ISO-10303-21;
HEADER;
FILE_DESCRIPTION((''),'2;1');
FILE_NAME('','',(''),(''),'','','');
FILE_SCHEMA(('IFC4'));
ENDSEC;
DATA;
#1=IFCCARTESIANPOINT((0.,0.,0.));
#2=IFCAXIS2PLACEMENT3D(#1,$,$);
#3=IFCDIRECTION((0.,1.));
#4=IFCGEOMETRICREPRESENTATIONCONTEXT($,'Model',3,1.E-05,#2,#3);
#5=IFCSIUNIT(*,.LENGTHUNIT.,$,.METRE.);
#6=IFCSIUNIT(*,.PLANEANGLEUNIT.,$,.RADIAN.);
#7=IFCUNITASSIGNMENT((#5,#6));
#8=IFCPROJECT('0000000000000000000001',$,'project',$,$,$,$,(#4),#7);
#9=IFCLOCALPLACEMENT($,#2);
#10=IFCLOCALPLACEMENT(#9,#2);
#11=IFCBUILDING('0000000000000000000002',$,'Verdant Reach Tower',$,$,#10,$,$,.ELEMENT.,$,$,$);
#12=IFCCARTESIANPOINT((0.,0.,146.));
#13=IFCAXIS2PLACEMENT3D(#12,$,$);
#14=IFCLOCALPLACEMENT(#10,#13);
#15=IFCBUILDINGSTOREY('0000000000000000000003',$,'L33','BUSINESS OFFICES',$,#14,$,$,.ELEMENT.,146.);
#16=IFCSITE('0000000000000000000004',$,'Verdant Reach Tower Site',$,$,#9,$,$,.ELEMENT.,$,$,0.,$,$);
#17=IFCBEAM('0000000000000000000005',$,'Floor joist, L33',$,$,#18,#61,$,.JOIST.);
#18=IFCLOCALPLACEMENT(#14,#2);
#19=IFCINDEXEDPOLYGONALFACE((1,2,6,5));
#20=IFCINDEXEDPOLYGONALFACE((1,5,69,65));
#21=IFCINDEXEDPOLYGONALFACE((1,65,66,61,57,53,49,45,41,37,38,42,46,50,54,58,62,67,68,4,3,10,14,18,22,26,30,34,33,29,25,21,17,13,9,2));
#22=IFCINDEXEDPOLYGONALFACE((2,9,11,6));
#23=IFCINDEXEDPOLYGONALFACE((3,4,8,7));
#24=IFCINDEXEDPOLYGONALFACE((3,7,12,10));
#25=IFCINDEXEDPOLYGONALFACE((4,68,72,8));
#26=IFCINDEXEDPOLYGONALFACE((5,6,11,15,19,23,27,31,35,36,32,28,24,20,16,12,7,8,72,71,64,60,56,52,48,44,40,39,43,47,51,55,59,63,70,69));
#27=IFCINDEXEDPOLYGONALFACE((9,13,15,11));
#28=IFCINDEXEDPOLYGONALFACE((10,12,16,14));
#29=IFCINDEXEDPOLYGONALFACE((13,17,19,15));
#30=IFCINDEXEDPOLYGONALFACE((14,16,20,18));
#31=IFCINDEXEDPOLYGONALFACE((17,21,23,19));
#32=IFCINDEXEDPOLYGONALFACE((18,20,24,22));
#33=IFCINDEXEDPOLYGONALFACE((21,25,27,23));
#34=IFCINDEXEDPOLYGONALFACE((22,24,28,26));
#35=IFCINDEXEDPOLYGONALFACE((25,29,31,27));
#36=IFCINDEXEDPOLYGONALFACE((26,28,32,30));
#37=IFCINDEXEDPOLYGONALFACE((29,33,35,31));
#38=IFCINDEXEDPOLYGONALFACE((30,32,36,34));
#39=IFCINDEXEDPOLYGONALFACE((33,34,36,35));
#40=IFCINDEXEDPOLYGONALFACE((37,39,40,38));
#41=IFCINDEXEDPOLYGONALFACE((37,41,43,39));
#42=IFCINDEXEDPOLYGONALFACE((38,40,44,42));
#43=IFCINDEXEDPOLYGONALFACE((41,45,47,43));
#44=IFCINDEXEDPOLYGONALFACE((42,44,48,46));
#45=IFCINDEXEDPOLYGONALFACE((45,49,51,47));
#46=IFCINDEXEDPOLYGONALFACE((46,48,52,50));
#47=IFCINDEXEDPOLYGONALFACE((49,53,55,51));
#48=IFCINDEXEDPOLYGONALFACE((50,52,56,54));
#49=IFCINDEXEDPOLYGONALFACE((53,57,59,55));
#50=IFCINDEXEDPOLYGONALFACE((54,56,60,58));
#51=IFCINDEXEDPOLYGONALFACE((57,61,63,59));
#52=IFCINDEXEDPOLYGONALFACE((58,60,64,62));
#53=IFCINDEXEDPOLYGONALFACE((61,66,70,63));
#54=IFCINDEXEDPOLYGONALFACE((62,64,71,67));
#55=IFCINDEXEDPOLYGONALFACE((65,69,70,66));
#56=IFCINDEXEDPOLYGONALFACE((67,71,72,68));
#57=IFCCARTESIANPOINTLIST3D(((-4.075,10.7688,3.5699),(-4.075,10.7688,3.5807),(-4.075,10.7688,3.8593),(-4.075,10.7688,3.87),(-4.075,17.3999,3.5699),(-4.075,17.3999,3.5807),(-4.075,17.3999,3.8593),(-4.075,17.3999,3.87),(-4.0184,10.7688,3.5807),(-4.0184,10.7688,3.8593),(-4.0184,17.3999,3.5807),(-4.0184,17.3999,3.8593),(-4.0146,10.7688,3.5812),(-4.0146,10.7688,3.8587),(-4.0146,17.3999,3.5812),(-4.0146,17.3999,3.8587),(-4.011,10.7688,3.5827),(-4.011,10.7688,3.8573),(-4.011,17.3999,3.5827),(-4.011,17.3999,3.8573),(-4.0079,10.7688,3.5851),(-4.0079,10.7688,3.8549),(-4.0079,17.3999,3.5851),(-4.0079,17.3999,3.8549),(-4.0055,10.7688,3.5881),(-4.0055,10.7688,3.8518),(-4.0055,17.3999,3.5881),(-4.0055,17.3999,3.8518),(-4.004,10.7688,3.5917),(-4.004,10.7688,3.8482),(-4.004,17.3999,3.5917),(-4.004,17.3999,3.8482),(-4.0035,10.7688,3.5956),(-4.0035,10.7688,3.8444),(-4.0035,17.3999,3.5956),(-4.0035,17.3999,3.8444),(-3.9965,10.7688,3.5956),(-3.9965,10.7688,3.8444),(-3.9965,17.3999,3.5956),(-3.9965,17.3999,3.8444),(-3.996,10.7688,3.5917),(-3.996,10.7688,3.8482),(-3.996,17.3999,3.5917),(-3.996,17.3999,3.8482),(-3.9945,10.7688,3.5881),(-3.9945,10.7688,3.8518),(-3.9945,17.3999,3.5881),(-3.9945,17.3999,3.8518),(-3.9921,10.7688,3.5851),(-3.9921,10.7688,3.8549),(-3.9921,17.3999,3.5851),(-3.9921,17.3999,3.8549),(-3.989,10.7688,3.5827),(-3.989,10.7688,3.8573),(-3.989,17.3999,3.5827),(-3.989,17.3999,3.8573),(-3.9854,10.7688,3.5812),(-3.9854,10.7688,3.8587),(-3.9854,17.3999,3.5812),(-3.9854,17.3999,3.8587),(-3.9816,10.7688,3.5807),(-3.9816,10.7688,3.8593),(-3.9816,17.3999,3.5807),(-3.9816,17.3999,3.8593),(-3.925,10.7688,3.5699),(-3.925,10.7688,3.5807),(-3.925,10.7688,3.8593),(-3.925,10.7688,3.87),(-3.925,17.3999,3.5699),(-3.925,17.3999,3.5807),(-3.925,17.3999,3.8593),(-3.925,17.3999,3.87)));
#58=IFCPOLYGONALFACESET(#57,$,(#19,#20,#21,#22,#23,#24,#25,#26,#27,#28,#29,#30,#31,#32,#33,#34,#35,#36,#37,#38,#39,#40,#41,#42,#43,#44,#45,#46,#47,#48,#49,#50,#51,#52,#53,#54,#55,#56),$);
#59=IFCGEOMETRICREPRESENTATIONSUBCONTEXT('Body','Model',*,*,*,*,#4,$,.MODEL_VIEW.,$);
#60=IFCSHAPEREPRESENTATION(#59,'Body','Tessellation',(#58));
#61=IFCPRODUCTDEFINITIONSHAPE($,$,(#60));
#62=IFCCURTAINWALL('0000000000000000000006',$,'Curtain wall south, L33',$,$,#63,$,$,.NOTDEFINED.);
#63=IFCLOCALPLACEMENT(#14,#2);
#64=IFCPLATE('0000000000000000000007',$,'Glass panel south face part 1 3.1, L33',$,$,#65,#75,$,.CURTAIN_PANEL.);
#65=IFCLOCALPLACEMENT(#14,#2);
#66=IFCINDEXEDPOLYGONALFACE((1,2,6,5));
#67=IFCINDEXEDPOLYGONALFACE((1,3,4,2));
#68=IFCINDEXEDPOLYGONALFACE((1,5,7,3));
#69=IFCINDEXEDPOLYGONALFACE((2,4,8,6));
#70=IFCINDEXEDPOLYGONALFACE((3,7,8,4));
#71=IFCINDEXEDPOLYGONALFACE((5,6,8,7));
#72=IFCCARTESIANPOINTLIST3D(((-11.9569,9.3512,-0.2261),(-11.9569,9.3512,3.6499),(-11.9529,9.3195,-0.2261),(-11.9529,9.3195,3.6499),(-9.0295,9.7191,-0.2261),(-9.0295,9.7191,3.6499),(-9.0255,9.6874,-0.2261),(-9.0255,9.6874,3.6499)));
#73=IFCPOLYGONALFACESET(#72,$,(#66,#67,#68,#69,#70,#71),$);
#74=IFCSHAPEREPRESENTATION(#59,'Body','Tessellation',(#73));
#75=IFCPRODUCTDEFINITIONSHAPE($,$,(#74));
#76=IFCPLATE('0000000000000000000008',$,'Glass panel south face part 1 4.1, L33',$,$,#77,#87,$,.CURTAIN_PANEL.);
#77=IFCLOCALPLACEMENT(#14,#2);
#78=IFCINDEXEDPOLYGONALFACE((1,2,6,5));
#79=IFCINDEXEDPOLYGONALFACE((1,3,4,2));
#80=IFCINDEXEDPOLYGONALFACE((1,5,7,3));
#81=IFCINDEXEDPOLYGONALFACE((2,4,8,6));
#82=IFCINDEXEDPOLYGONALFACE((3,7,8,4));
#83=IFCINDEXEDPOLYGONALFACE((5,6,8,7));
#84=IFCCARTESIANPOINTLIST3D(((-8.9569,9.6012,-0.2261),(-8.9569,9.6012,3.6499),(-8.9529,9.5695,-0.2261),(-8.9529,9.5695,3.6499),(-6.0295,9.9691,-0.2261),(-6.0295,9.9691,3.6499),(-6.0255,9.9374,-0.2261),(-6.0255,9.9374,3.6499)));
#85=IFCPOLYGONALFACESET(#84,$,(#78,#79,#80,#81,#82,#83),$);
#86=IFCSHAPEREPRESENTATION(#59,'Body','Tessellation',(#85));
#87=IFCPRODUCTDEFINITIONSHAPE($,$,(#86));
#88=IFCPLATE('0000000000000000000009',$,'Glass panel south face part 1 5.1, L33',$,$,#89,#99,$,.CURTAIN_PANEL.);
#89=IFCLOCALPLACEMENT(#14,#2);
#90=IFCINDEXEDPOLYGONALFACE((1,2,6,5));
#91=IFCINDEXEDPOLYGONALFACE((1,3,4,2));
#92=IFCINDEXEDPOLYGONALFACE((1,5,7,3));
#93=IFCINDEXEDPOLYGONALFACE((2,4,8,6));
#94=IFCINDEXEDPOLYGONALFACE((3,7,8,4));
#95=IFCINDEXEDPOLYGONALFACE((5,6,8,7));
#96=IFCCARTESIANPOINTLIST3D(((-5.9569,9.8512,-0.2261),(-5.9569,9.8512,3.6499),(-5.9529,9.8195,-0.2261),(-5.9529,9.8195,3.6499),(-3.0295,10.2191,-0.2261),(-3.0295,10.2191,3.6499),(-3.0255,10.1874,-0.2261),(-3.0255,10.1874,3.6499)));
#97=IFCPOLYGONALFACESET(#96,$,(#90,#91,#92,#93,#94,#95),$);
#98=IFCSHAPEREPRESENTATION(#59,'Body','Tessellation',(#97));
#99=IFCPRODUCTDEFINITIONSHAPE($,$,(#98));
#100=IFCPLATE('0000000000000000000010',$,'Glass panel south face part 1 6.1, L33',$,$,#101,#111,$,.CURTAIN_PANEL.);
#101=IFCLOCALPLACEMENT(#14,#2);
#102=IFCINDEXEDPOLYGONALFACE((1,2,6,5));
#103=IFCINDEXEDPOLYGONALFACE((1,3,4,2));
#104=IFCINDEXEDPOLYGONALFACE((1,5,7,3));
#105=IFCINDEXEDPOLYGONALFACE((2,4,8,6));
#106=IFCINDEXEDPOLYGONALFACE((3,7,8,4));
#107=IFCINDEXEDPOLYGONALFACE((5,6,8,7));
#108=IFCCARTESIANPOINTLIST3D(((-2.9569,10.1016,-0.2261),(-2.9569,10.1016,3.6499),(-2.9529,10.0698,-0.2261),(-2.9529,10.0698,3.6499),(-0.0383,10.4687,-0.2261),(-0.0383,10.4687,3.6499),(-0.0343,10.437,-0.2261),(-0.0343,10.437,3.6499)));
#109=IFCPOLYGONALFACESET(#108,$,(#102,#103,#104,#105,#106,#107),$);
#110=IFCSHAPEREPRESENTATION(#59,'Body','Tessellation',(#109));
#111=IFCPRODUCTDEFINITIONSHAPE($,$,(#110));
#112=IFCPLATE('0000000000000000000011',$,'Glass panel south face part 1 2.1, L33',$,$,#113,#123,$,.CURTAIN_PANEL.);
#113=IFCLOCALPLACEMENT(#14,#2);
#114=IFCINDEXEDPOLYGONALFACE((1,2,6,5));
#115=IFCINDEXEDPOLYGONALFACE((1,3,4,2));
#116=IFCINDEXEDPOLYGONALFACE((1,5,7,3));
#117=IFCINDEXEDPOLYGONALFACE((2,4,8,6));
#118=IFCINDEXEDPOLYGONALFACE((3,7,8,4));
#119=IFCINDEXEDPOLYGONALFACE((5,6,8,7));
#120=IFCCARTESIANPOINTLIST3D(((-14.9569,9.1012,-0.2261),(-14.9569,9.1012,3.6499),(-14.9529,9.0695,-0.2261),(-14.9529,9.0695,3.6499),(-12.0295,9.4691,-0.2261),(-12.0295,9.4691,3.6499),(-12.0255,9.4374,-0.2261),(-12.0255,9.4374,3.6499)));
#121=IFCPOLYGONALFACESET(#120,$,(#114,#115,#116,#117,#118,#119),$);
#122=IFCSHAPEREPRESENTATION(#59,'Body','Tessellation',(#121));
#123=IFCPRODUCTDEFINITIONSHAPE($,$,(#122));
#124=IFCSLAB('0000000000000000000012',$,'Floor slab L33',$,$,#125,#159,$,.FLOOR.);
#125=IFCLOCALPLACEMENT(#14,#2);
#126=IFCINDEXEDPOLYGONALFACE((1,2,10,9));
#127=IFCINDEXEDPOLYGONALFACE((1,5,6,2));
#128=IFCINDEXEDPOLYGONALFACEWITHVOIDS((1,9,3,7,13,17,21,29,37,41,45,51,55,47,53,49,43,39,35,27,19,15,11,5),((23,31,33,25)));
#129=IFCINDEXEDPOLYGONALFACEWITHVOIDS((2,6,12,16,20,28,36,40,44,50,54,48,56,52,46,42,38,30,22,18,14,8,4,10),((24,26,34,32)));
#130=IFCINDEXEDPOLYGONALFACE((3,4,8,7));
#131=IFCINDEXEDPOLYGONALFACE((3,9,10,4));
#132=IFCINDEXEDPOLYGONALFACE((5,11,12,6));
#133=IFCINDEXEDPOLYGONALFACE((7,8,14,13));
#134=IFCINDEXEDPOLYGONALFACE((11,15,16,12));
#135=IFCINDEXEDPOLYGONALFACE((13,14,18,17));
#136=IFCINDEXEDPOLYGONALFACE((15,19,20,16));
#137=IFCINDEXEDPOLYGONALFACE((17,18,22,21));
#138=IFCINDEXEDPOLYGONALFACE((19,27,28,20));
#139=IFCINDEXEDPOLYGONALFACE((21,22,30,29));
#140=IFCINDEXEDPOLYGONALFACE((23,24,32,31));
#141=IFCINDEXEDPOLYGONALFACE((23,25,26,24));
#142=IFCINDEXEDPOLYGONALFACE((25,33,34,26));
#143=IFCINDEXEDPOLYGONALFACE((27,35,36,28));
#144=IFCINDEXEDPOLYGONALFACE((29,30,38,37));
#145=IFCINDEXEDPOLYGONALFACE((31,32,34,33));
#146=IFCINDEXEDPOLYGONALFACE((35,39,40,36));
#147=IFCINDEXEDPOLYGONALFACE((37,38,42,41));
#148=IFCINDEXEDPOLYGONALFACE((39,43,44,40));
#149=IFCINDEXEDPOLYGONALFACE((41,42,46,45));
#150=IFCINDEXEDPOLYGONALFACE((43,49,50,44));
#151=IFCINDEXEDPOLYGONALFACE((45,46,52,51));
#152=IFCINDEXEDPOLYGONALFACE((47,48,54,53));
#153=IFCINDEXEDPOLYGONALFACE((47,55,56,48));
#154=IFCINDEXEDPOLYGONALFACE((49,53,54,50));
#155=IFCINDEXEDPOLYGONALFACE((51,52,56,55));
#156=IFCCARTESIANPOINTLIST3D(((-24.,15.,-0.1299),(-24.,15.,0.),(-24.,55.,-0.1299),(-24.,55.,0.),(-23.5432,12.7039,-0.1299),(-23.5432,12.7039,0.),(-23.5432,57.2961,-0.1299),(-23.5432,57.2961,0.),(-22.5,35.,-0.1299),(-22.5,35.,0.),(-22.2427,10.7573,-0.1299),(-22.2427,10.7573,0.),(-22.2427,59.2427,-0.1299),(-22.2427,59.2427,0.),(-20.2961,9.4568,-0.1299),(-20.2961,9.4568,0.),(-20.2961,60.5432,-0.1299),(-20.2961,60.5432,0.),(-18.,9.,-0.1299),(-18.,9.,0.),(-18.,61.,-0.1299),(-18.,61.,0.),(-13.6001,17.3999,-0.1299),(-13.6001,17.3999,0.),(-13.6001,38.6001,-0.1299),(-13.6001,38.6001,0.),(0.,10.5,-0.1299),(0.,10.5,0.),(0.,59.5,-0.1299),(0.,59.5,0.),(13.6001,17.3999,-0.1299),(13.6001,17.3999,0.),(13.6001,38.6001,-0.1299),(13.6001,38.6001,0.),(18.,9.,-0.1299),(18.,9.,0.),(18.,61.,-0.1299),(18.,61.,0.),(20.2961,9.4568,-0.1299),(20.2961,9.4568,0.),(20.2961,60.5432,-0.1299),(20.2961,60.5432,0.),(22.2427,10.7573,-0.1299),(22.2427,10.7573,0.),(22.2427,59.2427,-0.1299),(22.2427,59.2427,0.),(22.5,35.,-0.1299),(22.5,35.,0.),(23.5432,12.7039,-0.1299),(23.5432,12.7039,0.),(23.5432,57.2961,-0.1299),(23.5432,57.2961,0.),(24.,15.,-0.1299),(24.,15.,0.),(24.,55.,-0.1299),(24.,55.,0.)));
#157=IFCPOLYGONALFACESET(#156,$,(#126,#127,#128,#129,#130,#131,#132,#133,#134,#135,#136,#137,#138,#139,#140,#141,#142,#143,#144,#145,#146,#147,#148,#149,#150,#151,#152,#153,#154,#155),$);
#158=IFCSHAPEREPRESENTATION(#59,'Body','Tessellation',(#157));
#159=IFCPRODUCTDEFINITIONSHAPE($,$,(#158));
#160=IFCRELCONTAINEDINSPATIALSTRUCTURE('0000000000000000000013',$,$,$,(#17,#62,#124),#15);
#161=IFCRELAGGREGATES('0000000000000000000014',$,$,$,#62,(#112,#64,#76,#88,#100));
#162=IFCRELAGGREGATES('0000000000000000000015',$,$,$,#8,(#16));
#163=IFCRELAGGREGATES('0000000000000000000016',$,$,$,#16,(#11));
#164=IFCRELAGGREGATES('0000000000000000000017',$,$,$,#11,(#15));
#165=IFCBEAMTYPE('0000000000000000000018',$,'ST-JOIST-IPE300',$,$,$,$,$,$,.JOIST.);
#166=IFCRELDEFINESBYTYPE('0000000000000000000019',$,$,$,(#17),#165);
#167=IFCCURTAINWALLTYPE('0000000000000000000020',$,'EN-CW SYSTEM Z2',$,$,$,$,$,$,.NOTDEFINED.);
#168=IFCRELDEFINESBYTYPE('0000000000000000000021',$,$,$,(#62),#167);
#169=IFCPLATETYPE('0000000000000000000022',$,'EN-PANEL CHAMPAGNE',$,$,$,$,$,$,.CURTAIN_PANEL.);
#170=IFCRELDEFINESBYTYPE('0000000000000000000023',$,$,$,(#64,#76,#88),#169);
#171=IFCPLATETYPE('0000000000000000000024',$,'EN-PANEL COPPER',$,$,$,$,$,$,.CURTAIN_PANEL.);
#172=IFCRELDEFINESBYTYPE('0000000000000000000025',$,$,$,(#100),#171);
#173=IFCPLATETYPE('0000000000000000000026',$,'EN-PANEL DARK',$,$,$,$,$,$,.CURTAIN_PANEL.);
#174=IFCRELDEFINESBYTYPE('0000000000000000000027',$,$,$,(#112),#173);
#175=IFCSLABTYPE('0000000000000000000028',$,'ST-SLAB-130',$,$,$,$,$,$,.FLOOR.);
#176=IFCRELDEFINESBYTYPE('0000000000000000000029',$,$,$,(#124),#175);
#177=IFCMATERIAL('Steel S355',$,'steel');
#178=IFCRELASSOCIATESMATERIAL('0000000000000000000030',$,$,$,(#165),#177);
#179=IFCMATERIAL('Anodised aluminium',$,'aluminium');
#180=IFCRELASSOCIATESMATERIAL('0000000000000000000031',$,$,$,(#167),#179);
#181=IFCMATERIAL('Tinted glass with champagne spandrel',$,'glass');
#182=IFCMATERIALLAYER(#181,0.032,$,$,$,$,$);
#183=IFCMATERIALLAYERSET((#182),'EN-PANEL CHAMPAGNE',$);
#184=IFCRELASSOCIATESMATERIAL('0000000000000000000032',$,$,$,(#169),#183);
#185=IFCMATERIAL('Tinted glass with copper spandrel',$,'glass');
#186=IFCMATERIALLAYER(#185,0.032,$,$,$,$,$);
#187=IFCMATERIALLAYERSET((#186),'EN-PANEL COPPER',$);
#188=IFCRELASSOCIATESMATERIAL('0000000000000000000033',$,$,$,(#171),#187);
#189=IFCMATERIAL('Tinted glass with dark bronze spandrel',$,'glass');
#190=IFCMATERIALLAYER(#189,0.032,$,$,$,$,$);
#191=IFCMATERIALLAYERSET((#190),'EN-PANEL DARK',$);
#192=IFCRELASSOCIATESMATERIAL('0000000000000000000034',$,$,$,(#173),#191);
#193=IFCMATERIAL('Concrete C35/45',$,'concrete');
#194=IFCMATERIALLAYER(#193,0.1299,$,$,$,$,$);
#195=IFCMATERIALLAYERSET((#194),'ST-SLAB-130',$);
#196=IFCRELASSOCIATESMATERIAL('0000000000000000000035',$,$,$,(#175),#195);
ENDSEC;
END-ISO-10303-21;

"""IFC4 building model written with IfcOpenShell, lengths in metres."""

from ifc_helpers import new_model, si_unit, direction, frame, origin, origin_2d, place, context, subcontext, project, spatial, polyline, rectangle, i_section, outline, extrude, material, layer, layer_set, material_profile, profile_set, type_object, element, aggregate, save


model = new_model("IFC4")

# Units and contexts
model_context = context("Model", 3, precision=1e-05, world=origin(), true_north=direction((0.0, 1.0)))
body_context = subcontext(model_context, "Body", "Model", "MODEL_VIEW")
ifc_project = project(units=[si_unit("LENGTHUNIT", "METRE"), si_unit("PLANEANGLEUNIT", "RADIAN")], contexts=[model_context])

# Site, building, storey
site_placement = place(None, origin())
site = spatial("IfcSite", under=ifc_project, at=site_placement, Name="Verdant Reach Tower Site", CompositionType="ELEMENT", RefElevation=0.0)
building_placement = place(site_placement, origin())
building = spatial("IfcBuilding", under=site, at=building_placement, Name="Verdant Reach Tower", CompositionType="ELEMENT")
storey_placement = place(building_placement, frame((0.0, 0.0, 146.0)))
storey = spatial("IfcBuildingStorey", under=building, at=storey_placement, Name="L33", Description="BUSINESS OFFICES", CompositionType="ELEMENT", Elevation=146.0)

# Beam
ifc_material_1 = material(Name="Steel S355", Category="steel")
ifc_material_profile_1 = material_profile(ifc_material_1, i_section(OverallWidth=0.1499, OverallDepth=0.3, WebThickness=0.0071, FlangeThickness=0.0107, FilletRadius=0.0149, at=origin_2d()), Name="IPE 300")
ifc_profile_set_1 = profile_set([ifc_material_profile_1], Name="Steel S355")
beam_type_1 = type_object("IfcBeamType", Name="ST-JOIST-IPE300", PredefinedType="JOIST", material=ifc_profile_set_1)
beam_1_placement = place(storey_placement, frame((-4.0, 17.3999, 3.72), z_axis=(0.0, -1.0, 0.0), x_axis=(1.0, 0.0, 0.0)))
element("IfcBeam", 1, at=beam_1_placement, inside=storey, type_object=beam_type_1, Name="Floor joist, L33", PredefinedType="JOIST", context=body_context, shape_type="SweptSolid", body=[
    extrude(i_section(OverallWidth=0.1499, OverallDepth=0.3, WebThickness=0.0071, FlangeThickness=0.0107, FilletRadius=0.0149, at=origin_2d()), origin(), (0.0, 0.0, 1.0), 6.6311),
])

# Curtain wall, plates
ifc_material_2 = material(Name="Anodised aluminium", Category="aluminium")
curtain_wall_type = type_object("IfcCurtainWallType", Name="EN-CW SYSTEM Z2", PredefinedType="NOTDEFINED", material=ifc_material_2)
curtain_wall_placement = place(storey_placement, origin())
curtain_wall = element("IfcCurtainWall", 2, at=curtain_wall_placement, inside=storey, type_object=curtain_wall_type, Name="Curtain wall south, L33", PredefinedType="NOTDEFINED")
ifc_material_3 = material(Name="Tinted glass with champagne spandrel", Category="glass")
ifc_layer_1 = layer(ifc_material_3, 0.032)
ifc_layer_set_1 = layer_set([ifc_layer_1], Name="EN-PANEL CHAMPAGNE")
plate_type_1 = type_object("IfcPlateType", Name="EN-PANEL CHAMPAGNE", PredefinedType="CURTAIN_PANEL", material=ifc_layer_set_1)
plate_1_placement = place(storey_placement, frame((-10.4912, 9.5193, -0.2261), z_axis=(0.0, 0.0, 1.0), x_axis=(0.992194, 0.124704, 0.0)))
plate_1 = element("IfcPlate", 3, at=plate_1_placement, type_object=plate_type_1, Name="Glass panel south face part 1 3.1, L33", PredefinedType="CURTAIN_PANEL", context=body_context, shape_type="SweptSolid", body=[
    extrude(rectangle(XDim=2.9504, YDim=0.032, at=origin_2d()), origin(), (0.0, 0.0, 1.0), 3.876),
])
plate_2_placement = place(storey_placement, frame((-7.4912, 9.7693, -0.2261), z_axis=(0.0, 0.0, 1.0), x_axis=(0.992194, 0.124704, 0.0)))
plate_2 = element("IfcPlate", 4, at=plate_2_placement, type_object=plate_type_1, Name="Glass panel south face part 1 4.1, L33", PredefinedType="CURTAIN_PANEL", context=body_context, shape_type="SweptSolid", body=[
    extrude(rectangle(XDim=2.9504, YDim=0.032, at=origin_2d()), origin(), (0.0, 0.0, 1.0), 3.876),
])
plate_3_placement = place(storey_placement, frame((-4.4912, 10.0193, -0.2261), z_axis=(0.0, 0.0, 1.0), x_axis=(0.992194, 0.124704, 0.0)))
plate_3 = element("IfcPlate", 5, at=plate_3_placement, type_object=plate_type_1, Name="Glass panel south face part 1 5.1, L33", PredefinedType="CURTAIN_PANEL", context=body_context, shape_type="SweptSolid", body=[
    extrude(rectangle(XDim=2.9504, YDim=0.032, at=origin_2d()), origin(), (0.0, 0.0, 1.0), 3.876),
])
ifc_material_4 = material(Name="Tinted glass with copper spandrel", Category="glass")
ifc_layer_2 = layer(ifc_material_4, 0.032)
ifc_layer_set_2 = layer_set([ifc_layer_2], Name="EN-PANEL COPPER")
plate_type_2 = type_object("IfcPlateType", Name="EN-PANEL COPPER", PredefinedType="CURTAIN_PANEL", material=ifc_layer_set_2)
plate_4_placement = place(storey_placement, frame((-1.4956, 10.2693, -0.2261), z_axis=(0.0, 0.0, 1.0), x_axis=(0.992179, 0.124825, 0.0)))
plate_4 = element("IfcPlate", 6, at=plate_4_placement, type_object=plate_type_2, Name="Glass panel south face part 1 6.1, L33", PredefinedType="CURTAIN_PANEL", context=body_context, shape_type="SweptSolid", body=[
    extrude(rectangle(XDim=2.9417, YDim=0.032, at=origin_2d()), origin(), (0.0, 0.0, 1.0), 3.876),
])
ifc_material_5 = material(Name="Tinted glass with dark bronze spandrel", Category="glass")
ifc_layer_3 = layer(ifc_material_5, 0.032)
ifc_layer_set_3 = layer_set([ifc_layer_3], Name="EN-PANEL DARK")
plate_type_3 = type_object("IfcPlateType", Name="EN-PANEL DARK", PredefinedType="CURTAIN_PANEL", material=ifc_layer_set_3)
plate_5_placement = place(storey_placement, frame((-13.4912, 9.2693, -0.2261), z_axis=(0.0, 0.0, 1.0), x_axis=(0.992194, 0.124704, 0.0)))
plate_5 = element("IfcPlate", 7, at=plate_5_placement, type_object=plate_type_3, Name="Glass panel south face part 1 2.1, L33", PredefinedType="CURTAIN_PANEL", context=body_context, shape_type="SweptSolid", body=[
    extrude(rectangle(XDim=2.9504, YDim=0.032, at=origin_2d()), origin(), (0.0, 0.0, 1.0), 3.876),
])
aggregate(curtain_wall, [plate_5, plate_1, plate_2, plate_3, plate_4])

# Slab
ifc_material_6 = material(Name="Concrete C35/45", Category="concrete")
ifc_layer_4 = layer(ifc_material_6, 0.1299)
ifc_layer_set_4 = layer_set([ifc_layer_4], Name="ST-SLAB-130")
slab_type = type_object("IfcSlabType", Name="ST-SLAB-130", PredefinedType="FLOOR", material=ifc_layer_set_4)
slab_placement = place(storey_placement, frame((0.0, 0.0, -0.1299)))
element("IfcSlab", 8, at=slab_placement, inside=storey, type_object=slab_type, Name="Floor slab L33", PredefinedType="FLOOR", context=body_context, shape_type="SweptSolid", body=[
    extrude(outline(polyline([(0.0, 10.5), (-18.0, 9.0), (-20.2961, 9.4568), (-22.2427, 10.7573), (-23.5432, 12.7039), (-24.0, 15.0), (-22.5, 35.0), (-24.0, 55.0), (-23.5432, 57.2961), (-22.2427, 59.2427), (-20.2961, 60.5432), (-18.0, 61.0), (0.0, 59.5), (18.0, 61.0), (20.2961, 60.5432), (22.2427, 59.2427), (23.5432, 57.2961), (24.0, 55.0), (22.5, 35.0), (24.0, 15.0), (23.5432, 12.7039), (22.2427, 10.7573), (20.2961, 9.4568), (18.0, 9.0), (0.0, 10.5)]), holes=[polyline([(13.6001, 38.6001), (-13.6001, 38.6001), (-13.6001, 17.3999), (13.6001, 17.3999), (13.6001, 38.6001)])]), origin(), (0.0, 0.0, 1.0), 0.1299),
])

save(model, "model.ifc")
